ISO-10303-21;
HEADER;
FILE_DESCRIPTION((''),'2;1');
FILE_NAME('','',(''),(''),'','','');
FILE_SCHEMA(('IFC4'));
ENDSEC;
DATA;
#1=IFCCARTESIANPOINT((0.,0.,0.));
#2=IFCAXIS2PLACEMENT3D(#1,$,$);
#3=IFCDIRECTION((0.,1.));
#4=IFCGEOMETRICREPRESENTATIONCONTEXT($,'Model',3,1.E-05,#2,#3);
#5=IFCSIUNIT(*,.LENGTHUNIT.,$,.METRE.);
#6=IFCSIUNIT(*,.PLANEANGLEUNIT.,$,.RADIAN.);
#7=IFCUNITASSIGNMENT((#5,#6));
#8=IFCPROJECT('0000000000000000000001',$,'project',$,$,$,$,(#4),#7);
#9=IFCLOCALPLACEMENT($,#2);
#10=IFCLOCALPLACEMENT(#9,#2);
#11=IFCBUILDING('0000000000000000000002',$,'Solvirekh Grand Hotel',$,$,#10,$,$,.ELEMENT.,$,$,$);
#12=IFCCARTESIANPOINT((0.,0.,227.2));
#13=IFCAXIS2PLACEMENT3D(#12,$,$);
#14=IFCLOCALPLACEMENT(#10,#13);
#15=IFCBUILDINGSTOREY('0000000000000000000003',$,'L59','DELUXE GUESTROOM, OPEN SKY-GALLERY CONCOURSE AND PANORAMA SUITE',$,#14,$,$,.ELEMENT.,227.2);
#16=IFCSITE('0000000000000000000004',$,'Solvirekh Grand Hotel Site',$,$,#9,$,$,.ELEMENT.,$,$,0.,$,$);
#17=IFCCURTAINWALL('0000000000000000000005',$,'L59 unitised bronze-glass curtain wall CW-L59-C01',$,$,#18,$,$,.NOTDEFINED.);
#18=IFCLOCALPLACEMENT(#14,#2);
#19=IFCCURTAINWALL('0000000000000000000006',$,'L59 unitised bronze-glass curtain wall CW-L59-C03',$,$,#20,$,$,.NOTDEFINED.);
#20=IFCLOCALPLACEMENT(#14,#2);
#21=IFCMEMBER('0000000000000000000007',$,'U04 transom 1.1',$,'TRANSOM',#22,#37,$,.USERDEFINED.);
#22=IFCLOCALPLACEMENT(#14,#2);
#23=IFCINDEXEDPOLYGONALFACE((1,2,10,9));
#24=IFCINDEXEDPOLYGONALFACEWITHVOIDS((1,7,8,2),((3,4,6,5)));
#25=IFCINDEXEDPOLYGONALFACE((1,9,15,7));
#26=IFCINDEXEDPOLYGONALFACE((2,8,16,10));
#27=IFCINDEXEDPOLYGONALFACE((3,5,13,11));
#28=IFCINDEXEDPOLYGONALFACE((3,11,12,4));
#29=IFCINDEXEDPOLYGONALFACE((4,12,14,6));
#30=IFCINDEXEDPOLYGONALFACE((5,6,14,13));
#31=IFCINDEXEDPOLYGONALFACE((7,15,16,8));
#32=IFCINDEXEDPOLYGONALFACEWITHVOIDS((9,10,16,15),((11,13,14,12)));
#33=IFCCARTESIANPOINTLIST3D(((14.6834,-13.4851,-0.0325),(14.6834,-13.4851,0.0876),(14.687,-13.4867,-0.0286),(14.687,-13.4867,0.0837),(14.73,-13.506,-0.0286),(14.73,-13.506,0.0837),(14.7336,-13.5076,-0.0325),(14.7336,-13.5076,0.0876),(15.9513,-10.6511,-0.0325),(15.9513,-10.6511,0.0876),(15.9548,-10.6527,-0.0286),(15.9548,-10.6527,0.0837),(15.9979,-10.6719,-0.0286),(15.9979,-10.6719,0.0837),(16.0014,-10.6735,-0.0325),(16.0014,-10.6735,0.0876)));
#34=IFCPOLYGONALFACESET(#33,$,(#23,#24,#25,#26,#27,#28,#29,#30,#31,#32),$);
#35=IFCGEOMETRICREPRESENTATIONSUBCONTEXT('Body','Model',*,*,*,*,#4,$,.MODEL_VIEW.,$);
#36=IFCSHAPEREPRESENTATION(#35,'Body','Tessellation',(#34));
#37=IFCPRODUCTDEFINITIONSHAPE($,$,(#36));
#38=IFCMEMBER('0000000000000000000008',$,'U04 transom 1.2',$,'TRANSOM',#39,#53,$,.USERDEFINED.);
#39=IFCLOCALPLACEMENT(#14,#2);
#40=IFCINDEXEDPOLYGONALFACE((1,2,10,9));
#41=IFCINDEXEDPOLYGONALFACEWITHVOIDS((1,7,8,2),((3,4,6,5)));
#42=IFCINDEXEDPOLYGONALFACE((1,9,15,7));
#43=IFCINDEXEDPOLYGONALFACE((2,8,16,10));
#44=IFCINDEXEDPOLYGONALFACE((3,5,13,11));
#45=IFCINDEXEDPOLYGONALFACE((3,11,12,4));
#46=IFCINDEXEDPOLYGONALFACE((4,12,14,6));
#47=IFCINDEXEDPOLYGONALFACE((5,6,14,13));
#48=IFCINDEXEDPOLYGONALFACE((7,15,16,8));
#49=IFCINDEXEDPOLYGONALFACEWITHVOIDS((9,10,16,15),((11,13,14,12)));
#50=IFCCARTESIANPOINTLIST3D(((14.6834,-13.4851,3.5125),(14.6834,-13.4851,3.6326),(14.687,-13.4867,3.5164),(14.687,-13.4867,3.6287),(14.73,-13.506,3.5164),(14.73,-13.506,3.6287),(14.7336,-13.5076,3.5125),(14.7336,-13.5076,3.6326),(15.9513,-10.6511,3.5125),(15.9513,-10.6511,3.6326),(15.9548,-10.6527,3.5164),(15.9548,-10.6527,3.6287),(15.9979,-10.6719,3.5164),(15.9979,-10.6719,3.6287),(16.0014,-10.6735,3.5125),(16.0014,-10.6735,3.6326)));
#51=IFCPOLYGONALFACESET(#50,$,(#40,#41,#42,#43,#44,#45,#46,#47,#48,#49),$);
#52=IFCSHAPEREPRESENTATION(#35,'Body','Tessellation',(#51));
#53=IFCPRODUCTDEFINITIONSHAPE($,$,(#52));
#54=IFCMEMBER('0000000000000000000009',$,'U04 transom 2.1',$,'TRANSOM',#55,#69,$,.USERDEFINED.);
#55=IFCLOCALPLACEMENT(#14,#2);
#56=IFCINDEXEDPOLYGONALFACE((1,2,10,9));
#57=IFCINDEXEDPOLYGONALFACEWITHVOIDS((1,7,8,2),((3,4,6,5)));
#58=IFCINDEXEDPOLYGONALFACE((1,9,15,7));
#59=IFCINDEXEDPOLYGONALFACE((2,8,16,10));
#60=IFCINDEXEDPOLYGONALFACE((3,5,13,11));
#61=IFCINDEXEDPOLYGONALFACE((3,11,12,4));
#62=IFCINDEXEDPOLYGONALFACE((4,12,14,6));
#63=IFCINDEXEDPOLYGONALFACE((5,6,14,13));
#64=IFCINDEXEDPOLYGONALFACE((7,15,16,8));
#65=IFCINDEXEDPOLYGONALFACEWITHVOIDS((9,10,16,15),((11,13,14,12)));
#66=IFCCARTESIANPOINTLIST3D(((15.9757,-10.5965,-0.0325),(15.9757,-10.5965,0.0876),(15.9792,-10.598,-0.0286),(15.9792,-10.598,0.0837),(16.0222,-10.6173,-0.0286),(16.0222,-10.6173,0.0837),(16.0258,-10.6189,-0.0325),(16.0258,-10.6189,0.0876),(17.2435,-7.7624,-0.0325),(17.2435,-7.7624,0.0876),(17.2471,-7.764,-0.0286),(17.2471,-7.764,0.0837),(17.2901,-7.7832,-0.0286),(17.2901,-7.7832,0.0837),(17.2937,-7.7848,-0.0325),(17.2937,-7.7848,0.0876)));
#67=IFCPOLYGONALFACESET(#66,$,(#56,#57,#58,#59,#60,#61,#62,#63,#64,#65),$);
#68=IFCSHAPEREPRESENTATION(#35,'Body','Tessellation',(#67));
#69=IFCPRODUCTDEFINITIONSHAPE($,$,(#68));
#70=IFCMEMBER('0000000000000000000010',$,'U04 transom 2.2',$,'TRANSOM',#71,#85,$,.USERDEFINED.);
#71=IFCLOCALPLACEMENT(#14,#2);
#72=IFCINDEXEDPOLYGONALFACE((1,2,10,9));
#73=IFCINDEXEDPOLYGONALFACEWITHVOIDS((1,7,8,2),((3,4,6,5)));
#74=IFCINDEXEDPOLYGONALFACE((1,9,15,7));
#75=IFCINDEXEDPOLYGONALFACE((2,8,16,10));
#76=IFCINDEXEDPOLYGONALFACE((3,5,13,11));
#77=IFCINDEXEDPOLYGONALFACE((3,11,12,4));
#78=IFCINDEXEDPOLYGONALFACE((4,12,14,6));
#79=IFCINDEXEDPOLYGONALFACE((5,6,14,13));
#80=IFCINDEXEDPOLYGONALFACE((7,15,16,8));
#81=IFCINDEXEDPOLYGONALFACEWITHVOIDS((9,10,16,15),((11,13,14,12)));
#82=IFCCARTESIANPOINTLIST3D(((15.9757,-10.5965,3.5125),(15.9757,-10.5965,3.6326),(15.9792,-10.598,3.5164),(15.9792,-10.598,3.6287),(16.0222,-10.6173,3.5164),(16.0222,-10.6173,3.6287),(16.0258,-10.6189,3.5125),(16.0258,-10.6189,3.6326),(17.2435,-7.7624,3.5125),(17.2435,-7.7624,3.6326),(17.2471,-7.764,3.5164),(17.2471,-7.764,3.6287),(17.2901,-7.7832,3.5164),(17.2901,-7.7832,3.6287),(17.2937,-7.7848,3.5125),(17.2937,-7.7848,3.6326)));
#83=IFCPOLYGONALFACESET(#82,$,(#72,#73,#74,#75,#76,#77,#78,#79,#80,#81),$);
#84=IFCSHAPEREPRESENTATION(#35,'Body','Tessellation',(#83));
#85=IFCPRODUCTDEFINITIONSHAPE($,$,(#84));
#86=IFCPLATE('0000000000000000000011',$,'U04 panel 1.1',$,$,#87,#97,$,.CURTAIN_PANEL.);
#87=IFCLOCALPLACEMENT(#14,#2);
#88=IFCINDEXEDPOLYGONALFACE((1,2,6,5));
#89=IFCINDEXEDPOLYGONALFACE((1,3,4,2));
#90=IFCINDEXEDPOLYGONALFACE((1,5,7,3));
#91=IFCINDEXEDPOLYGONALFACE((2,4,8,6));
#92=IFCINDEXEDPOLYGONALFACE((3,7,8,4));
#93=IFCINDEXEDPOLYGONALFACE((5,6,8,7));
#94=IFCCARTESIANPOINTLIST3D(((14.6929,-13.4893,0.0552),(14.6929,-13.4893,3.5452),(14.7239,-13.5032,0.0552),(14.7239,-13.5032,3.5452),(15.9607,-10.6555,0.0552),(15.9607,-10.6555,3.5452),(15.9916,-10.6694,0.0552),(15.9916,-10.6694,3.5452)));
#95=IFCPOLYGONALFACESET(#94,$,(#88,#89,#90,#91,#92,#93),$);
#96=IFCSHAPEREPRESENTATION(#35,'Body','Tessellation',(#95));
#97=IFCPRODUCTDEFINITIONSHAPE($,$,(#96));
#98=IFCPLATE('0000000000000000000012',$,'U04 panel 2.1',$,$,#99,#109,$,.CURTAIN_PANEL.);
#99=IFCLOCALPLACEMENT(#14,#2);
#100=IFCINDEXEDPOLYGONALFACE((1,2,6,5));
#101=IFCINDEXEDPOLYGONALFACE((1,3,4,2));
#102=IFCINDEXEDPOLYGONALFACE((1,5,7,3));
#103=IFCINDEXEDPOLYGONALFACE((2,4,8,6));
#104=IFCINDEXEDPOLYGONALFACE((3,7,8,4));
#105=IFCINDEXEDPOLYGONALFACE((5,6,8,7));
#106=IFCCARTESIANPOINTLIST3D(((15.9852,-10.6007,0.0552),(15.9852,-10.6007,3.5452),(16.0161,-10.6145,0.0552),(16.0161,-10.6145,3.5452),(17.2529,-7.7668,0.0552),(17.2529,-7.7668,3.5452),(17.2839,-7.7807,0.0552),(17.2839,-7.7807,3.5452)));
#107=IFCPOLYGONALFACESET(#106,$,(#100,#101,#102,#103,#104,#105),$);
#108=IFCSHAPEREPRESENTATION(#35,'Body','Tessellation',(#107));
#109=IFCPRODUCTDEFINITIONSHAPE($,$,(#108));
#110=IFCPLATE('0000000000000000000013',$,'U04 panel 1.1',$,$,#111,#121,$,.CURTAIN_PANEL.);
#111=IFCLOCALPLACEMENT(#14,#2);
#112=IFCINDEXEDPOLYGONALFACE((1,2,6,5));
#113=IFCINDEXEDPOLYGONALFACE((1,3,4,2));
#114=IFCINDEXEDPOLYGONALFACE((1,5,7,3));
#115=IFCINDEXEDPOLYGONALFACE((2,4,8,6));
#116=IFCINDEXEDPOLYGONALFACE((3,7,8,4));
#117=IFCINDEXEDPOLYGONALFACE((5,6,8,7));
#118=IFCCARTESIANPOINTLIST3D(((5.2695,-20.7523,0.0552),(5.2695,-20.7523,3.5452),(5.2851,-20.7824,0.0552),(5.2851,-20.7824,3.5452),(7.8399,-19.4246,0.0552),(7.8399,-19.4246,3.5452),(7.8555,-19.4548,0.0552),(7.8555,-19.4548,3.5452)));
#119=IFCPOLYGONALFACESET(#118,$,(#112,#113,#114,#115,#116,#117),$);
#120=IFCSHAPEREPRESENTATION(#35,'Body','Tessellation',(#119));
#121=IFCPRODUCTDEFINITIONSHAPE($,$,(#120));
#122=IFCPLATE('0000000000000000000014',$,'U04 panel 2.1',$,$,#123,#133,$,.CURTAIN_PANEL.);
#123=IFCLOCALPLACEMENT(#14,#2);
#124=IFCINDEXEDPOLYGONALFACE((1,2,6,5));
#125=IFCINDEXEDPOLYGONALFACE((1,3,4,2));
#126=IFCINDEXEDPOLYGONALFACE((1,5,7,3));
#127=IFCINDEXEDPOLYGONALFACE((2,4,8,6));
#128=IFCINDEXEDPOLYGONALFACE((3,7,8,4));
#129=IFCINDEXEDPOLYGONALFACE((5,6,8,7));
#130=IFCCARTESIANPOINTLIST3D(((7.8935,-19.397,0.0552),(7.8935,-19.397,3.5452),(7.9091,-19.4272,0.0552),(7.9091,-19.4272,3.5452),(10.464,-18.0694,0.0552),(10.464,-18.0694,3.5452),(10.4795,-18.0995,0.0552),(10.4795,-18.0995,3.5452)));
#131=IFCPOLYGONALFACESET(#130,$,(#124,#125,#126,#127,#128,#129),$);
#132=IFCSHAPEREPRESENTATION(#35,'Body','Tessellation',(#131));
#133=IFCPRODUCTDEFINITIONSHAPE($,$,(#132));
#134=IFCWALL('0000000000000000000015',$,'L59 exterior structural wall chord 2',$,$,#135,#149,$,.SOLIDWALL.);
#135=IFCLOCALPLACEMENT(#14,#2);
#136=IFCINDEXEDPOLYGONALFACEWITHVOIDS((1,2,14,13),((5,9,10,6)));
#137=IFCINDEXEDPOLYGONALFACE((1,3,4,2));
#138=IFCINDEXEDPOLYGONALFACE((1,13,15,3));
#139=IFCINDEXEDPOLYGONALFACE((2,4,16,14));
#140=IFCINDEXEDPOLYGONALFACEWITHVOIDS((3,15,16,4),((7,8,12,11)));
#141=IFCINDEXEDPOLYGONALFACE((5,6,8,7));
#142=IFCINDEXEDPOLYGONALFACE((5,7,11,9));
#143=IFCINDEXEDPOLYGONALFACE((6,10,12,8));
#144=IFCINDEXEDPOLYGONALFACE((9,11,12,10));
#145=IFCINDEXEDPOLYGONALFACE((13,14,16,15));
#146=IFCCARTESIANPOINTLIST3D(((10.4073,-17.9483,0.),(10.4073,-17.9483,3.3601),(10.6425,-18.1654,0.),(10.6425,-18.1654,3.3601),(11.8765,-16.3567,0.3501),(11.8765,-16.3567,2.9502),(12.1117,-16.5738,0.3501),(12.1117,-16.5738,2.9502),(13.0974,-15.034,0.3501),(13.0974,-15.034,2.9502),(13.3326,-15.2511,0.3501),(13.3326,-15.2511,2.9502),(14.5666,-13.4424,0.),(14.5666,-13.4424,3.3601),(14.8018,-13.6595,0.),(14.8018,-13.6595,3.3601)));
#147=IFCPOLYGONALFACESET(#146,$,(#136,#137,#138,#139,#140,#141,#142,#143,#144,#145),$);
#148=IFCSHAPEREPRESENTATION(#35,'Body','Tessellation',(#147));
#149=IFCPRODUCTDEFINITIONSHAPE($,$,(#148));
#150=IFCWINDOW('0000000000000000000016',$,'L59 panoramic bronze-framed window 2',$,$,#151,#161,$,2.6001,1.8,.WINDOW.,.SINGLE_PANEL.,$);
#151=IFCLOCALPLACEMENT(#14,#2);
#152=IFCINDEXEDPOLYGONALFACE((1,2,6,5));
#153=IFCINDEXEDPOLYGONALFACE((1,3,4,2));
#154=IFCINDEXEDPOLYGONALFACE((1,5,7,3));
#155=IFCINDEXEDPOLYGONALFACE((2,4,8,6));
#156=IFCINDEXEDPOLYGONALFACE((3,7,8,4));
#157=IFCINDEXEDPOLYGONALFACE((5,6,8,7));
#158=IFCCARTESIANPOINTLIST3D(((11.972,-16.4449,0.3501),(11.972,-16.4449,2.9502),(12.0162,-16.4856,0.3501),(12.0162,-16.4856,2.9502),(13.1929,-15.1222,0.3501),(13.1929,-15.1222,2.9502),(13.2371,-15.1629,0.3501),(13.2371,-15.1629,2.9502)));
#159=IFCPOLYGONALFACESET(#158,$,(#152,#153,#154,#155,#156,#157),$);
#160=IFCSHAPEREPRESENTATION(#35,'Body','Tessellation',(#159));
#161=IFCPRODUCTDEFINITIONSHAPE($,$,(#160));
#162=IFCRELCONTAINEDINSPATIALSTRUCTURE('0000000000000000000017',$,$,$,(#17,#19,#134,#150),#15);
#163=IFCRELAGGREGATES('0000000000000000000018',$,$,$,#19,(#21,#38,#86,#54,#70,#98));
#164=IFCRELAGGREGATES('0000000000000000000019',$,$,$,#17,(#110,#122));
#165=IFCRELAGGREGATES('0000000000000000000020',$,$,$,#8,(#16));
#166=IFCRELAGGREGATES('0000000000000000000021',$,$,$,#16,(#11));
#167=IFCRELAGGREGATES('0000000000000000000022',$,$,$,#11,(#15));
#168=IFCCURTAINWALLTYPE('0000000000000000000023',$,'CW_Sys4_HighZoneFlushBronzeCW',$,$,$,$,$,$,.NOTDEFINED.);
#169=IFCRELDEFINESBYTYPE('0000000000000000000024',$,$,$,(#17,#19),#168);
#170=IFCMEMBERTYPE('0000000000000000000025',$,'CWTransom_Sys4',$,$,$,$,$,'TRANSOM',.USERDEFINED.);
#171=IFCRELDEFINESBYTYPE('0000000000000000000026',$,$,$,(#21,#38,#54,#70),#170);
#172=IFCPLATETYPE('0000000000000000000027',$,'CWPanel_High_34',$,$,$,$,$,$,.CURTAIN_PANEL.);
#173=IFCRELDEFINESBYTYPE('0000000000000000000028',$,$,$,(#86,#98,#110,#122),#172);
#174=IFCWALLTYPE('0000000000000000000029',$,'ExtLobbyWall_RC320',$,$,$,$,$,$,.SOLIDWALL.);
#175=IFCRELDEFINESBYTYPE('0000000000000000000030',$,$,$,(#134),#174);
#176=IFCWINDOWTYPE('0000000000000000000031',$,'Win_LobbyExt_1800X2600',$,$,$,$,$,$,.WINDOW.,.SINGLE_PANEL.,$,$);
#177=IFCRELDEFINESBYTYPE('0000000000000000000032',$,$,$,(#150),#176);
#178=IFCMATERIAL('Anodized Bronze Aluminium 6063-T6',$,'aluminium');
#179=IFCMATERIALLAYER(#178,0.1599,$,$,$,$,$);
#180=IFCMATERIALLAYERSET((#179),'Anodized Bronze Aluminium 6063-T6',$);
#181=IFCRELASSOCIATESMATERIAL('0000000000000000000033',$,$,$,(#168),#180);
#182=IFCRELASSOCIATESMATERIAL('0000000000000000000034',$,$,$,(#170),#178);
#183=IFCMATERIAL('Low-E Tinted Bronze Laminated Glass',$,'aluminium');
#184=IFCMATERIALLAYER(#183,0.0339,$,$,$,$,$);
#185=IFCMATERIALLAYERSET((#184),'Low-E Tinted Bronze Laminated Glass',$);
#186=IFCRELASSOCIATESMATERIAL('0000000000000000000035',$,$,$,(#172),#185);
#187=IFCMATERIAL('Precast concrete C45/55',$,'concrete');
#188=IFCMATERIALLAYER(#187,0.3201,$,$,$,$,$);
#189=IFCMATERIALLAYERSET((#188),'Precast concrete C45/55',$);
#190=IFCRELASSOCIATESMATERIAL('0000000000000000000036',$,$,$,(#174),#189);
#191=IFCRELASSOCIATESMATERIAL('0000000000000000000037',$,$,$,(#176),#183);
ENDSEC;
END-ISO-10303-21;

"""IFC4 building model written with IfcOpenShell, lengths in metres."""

from ifc_helpers import new_model, si_unit, direction, frame, frame_2d, origin, origin_2d, place, context, subcontext, project, spatial, rectangle, hollow_rectangle, extrude, source, transform, mapped, material, layer, layer_set, material_profile, profile_set, type_object, element, fill, aggregate, save


model = new_model("IFC4")

# Units and contexts
model_context = context("Model", 3, precision=1e-05, world=origin(), true_north=direction((0.0, 1.0)))
body_context = subcontext(model_context, "Body", "Model", "MODEL_VIEW")
ifc_project = project(units=[si_unit("LENGTHUNIT", "METRE"), si_unit("PLANEANGLEUNIT", "RADIAN")], contexts=[model_context])

# Site, building, storey
site_placement = place(None, origin())
site = spatial("IfcSite", under=ifc_project, at=site_placement, Name="Solvirekh Grand Hotel Site", CompositionType="ELEMENT", RefElevation=0.0)
building_placement = place(site_placement, origin())
building = spatial("IfcBuilding", under=site, at=building_placement, Name="Solvirekh Grand Hotel", CompositionType="ELEMENT")
storey_placement = place(building_placement, frame((0.0, 0.0, 227.2)))
storey = spatial("IfcBuildingStorey", under=building, at=storey_placement, Name="L59", Description="DELUXE GUESTROOM, OPEN SKY-GALLERY CONCOURSE AND PANORAMA SUITE", CompositionType="ELEMENT", Elevation=227.2)

# Curtain walls
ifc_material_1 = material(Name="Anodized Bronze Aluminium 6063-T6", Category="aluminium")
ifc_layer_1 = layer(ifc_material_1, 0.1599)
ifc_layer_set_1 = layer_set([ifc_layer_1], Name="Anodized Bronze Aluminium 6063-T6")
curtain_wall_type = type_object("IfcCurtainWallType", Name="CW_Sys4_HighZoneFlushBronzeCW", PredefinedType="NOTDEFINED", material=ifc_layer_set_1)
curtain_wall_1_placement = place(storey_placement, origin())
curtain_wall_1 = element("IfcCurtainWall", 1, at=curtain_wall_1_placement, inside=storey, type_object=curtain_wall_type, Name="L59 unitised bronze-glass curtain wall CW-L59-C01", PredefinedType="NOTDEFINED")
curtain_wall_2_placement = place(storey_placement, origin())
curtain_wall_2 = element("IfcCurtainWall", 2, at=curtain_wall_2_placement, inside=storey, type_object=curtain_wall_type, Name="L59 unitised bronze-glass curtain wall CW-L59-C03", PredefinedType="NOTDEFINED")

# Members
ifc_material_profile_1 = material_profile(ifc_material_1, hollow_rectangle(XDim=0.0549, YDim=0.1201, WallThickness=0.0039, at=origin_2d()), Name="ALU RHS 120X55X4")
ifc_profile_set_1 = profile_set([ifc_material_profile_1], Name="Anodized Bronze Aluminium 6063-T6")
member_type_1 = type_object("IfcMemberType", Name="CWTransom_Sys4", ElementType="TRANSOM", PredefinedType="USERDEFINED", material=ifc_profile_set_1)
shared_shape_1 = source(origin(), body_context, "Body", "SweptSolid", [
    extrude(hollow_rectangle(XDim=0.0549, YDim=0.1201, WallThickness=0.0039, at=origin_2d()), origin(), (0.0, 0.0, 1.0), 3.1047),
])
member_1_placement = place(storey_placement, frame((14.7085, -13.4963, 0.0276), z_axis=(0.408363, 0.91282, 0.0), x_axis=(-0.91282, 0.408363, 0.0)))
member_1 = element("IfcMember", 3, at=member_1_placement, type_object=member_type_1, Name="U04 transom 1.1", ObjectType="TRANSOM", PredefinedType="USERDEFINED", context=body_context, shape_type="MappedRepresentation", body=[
    mapped(shared_shape_1, transform((0.0, 0.0, 0.0), x_axis=(1.0, 0.0, 0.0), y_axis=(0.0, 1.0, 0.0), z_axis=(0.0, 0.0, 1.0), scale=1.0)),
])
member_2_placement = place(storey_placement, frame((14.7085, -13.4963, 3.5725), z_axis=(0.408363, 0.91282, 0.0), x_axis=(-0.91282, 0.408363, 0.0)))
member_2 = element("IfcMember", 4, at=member_2_placement, type_object=member_type_1, Name="U04 transom 1.2", ObjectType="TRANSOM", PredefinedType="USERDEFINED", context=body_context, shape_type="MappedRepresentation", body=[
    mapped(shared_shape_1, transform((0.0, 0.0, 0.0), x_axis=(1.0, 0.0, 0.0), y_axis=(0.0, 1.0, 0.0), z_axis=(0.0, 0.0, 1.0), scale=1.0)),
])
member_3_placement = place(storey_placement, frame((16.0007, -10.6077, 0.0276), z_axis=(0.408363, 0.91282, 0.0), x_axis=(-0.91282, 0.408363, 0.0)))
member_3 = element("IfcMember", 5, at=member_3_placement, type_object=member_type_1, Name="U04 transom 2.1", ObjectType="TRANSOM", PredefinedType="USERDEFINED", context=body_context, shape_type="MappedRepresentation", body=[
    mapped(shared_shape_1, transform((0.0, 0.0, 0.0), x_axis=(1.0, 0.0, 0.0), y_axis=(0.0, 1.0, 0.0), z_axis=(0.0, 0.0, 1.0), scale=1.0)),
])
member_4_placement = place(storey_placement, frame((16.0007, -10.6077, 3.5725), z_axis=(0.408363, 0.91282, 0.0), x_axis=(-0.91282, 0.408363, 0.0)))
member_4 = element("IfcMember", 6, at=member_4_placement, type_object=member_type_1, Name="U04 transom 2.2", ObjectType="TRANSOM", PredefinedType="USERDEFINED", context=body_context, shape_type="MappedRepresentation", body=[
    mapped(shared_shape_1, transform((0.0, 0.0, 0.0), x_axis=(1.0, 0.0, 0.0), y_axis=(0.0, 1.0, 0.0), z_axis=(0.0, 0.0, 1.0), scale=1.0)),
])

# Plates
ifc_material_2 = material(Name="Low-E Tinted Bronze Laminated Glass", Category="aluminium")
ifc_layer_2 = layer(ifc_material_2, 0.0339)
ifc_layer_set_2 = layer_set([ifc_layer_2], Name="Low-E Tinted Bronze Laminated Glass")
plate_type = type_object("IfcPlateType", Name="CWPanel_High_34", PredefinedType="CURTAIN_PANEL", material=ifc_layer_set_2)
shared_shape_2 = source(origin(), body_context, "Body", "SweptSolid", [
    extrude(rectangle(XDim=3.1045, YDim=0.0339, at=origin_2d()), origin(), (0.0, 0.0, 1.0), 3.49),
])
plate_1_placement = place(storey_placement, frame((15.3423, -12.0793, 0.0552), z_axis=(0.0, 0.0, 1.0), x_axis=(0.408359, 0.912821, 0.0)))
plate_1 = element("IfcPlate", 7, at=plate_1_placement, type_object=plate_type, Name="U04 panel 1.1", PredefinedType="CURTAIN_PANEL", context=body_context, shape_type="MappedRepresentation", body=[
    mapped(shared_shape_2, transform((0.0, 0.0, 0.0), x_axis=(1.0, 0.0, 0.0), y_axis=(0.0, 1.0, 0.0), z_axis=(0.0, 0.0, 1.0), scale=1.0)),
])
plate_2_placement = place(storey_placement, frame((16.6345, -9.1907, 0.0552), z_axis=(0.0, 0.0, 1.0), x_axis=(0.408359, 0.912821, 0.0)))
plate_2 = element("IfcPlate", 8, at=plate_2_placement, type_object=plate_type, Name="U04 panel 2.1", PredefinedType="CURTAIN_PANEL", context=body_context, shape_type="MappedRepresentation", body=[
    mapped(shared_shape_2, transform((0.0, 0.0, 0.0), x_axis=(1.0, 0.0, 0.0), y_axis=(0.0, 1.0, 0.0), z_axis=(0.0, 0.0, 1.0), scale=1.0)),
])
aggregate(curtain_wall_2, [member_1, member_2, plate_1, member_3, member_4, plate_2])
shared_shape_3 = source(origin(), body_context, "Body", "SweptSolid", [
    extrude(rectangle(XDim=2.8931, YDim=0.0339, at=origin_2d()), origin(), (0.0, 0.0, 1.0), 3.49),
])
plate_3_placement = place(storey_placement, frame((6.5625, -20.1035, 0.0552), z_axis=(0.0, 0.0, 1.0), x_axis=(0.888484, 0.458908, 0.0)))
plate_3 = element("IfcPlate", 9, at=plate_3_placement, type_object=plate_type, Name="U04 panel 1.1", PredefinedType="CURTAIN_PANEL", context=body_context, shape_type="MappedRepresentation", body=[
    mapped(shared_shape_3, transform((0.0, 0.0, 0.0), x_axis=(1.0, 0.0, 0.0), y_axis=(0.0, 1.0, 0.0), z_axis=(0.0, 0.0, 1.0), scale=1.0)),
])
plate_4_placement = place(storey_placement, frame((9.1865, -18.7483, 0.0552), z_axis=(0.0, 0.0, 1.0), x_axis=(0.888484, 0.458908, 0.0)))
plate_4 = element("IfcPlate", 10, at=plate_4_placement, type_object=plate_type, Name="U04 panel 2.1", PredefinedType="CURTAIN_PANEL", context=body_context, shape_type="MappedRepresentation", body=[
    mapped(shared_shape_3, transform((0.0, 0.0, 0.0), x_axis=(1.0, 0.0, 0.0), y_axis=(0.0, 1.0, 0.0), z_axis=(0.0, 0.0, 1.0), scale=1.0)),
])
aggregate(curtain_wall_1, [plate_3, plate_4])

# Wall, opening, window
ifc_material_3 = material(Name="Precast concrete C45/55", Category="concrete")
ifc_layer_3 = layer(ifc_material_3, 0.3201)
ifc_layer_set_3 = layer_set([ifc_layer_3], Name="Precast concrete C45/55")
wall_type_1 = type_object("IfcWallType", Name="ExtLobbyWall_RC320", PredefinedType="SOLIDWALL", material=ifc_layer_set_3)
wall_1_placement = place(storey_placement, frame((14.6841, -13.551, 0.0), z_axis=(0.0, 0.0, 1.0), x_axis=(-0.678273, -0.73481, 0.0)))
wall_1 = element("IfcWall", 11, at=wall_1_placement, inside=storey, type_object=wall_type_1, Name="L59 exterior structural wall chord 2", PredefinedType="SOLIDWALL", context=body_context, shape_type="SweptSolid", body=[
    extrude(rectangle(XDim=6.1321, YDim=0.3201, at=frame_2d((3.0659, 0.0))), origin(), (0.0, 0.0, 1.0), 3.3601),
])
opening_1_placement = place(wall_1_placement, frame((2.166, 0.0, 0.3501)))
opening_1 = element("IfcOpeningElement", 12, at=opening_1_placement, cuts=wall_1, PredefinedType="OPENING", context=body_context, shape_type="SweptSolid", body=[
    extrude(rectangle(XDim=1.8, YDim=2.6001, at=frame_2d((0.8999, 1.3))), frame((0.0, 0.1699, 0.0), z_axis=(0.0, -1.0, 0.0), x_axis=(1.0, 0.0, 0.0)), (0.0, 0.0, 1.0), 0.3401),
])
window_type = type_object("IfcWindowType", Name="Win_LobbyExt_1800X2600", PartitioningType="SINGLE_PANEL", PredefinedType="WINDOW", material=ifc_material_2)
window_1_placement = place(opening_1_placement, origin())
window_1 = element("IfcWindow", 13, at=window_1_placement, inside=storey, type_object=window_type, Name="L59 panoramic bronze-framed window 2", OverallHeight=2.6001, OverallWidth=1.8, PartitioningType="SINGLE_PANEL", PredefinedType="WINDOW", context=body_context, shape_type="SweptSolid", body=[
    extrude(rectangle(XDim=1.8, YDim=2.6001, at=frame_2d((0.8999, 1.3))), frame((0.0, 0.03, 0.0), z_axis=(0.0, -1.0, 0.0), x_axis=(1.0, 0.0, 0.0)), (0.0, 0.0, 1.0), 0.0601),
])
fill(opening_1, window_1)

save(model, "model.ifc")
